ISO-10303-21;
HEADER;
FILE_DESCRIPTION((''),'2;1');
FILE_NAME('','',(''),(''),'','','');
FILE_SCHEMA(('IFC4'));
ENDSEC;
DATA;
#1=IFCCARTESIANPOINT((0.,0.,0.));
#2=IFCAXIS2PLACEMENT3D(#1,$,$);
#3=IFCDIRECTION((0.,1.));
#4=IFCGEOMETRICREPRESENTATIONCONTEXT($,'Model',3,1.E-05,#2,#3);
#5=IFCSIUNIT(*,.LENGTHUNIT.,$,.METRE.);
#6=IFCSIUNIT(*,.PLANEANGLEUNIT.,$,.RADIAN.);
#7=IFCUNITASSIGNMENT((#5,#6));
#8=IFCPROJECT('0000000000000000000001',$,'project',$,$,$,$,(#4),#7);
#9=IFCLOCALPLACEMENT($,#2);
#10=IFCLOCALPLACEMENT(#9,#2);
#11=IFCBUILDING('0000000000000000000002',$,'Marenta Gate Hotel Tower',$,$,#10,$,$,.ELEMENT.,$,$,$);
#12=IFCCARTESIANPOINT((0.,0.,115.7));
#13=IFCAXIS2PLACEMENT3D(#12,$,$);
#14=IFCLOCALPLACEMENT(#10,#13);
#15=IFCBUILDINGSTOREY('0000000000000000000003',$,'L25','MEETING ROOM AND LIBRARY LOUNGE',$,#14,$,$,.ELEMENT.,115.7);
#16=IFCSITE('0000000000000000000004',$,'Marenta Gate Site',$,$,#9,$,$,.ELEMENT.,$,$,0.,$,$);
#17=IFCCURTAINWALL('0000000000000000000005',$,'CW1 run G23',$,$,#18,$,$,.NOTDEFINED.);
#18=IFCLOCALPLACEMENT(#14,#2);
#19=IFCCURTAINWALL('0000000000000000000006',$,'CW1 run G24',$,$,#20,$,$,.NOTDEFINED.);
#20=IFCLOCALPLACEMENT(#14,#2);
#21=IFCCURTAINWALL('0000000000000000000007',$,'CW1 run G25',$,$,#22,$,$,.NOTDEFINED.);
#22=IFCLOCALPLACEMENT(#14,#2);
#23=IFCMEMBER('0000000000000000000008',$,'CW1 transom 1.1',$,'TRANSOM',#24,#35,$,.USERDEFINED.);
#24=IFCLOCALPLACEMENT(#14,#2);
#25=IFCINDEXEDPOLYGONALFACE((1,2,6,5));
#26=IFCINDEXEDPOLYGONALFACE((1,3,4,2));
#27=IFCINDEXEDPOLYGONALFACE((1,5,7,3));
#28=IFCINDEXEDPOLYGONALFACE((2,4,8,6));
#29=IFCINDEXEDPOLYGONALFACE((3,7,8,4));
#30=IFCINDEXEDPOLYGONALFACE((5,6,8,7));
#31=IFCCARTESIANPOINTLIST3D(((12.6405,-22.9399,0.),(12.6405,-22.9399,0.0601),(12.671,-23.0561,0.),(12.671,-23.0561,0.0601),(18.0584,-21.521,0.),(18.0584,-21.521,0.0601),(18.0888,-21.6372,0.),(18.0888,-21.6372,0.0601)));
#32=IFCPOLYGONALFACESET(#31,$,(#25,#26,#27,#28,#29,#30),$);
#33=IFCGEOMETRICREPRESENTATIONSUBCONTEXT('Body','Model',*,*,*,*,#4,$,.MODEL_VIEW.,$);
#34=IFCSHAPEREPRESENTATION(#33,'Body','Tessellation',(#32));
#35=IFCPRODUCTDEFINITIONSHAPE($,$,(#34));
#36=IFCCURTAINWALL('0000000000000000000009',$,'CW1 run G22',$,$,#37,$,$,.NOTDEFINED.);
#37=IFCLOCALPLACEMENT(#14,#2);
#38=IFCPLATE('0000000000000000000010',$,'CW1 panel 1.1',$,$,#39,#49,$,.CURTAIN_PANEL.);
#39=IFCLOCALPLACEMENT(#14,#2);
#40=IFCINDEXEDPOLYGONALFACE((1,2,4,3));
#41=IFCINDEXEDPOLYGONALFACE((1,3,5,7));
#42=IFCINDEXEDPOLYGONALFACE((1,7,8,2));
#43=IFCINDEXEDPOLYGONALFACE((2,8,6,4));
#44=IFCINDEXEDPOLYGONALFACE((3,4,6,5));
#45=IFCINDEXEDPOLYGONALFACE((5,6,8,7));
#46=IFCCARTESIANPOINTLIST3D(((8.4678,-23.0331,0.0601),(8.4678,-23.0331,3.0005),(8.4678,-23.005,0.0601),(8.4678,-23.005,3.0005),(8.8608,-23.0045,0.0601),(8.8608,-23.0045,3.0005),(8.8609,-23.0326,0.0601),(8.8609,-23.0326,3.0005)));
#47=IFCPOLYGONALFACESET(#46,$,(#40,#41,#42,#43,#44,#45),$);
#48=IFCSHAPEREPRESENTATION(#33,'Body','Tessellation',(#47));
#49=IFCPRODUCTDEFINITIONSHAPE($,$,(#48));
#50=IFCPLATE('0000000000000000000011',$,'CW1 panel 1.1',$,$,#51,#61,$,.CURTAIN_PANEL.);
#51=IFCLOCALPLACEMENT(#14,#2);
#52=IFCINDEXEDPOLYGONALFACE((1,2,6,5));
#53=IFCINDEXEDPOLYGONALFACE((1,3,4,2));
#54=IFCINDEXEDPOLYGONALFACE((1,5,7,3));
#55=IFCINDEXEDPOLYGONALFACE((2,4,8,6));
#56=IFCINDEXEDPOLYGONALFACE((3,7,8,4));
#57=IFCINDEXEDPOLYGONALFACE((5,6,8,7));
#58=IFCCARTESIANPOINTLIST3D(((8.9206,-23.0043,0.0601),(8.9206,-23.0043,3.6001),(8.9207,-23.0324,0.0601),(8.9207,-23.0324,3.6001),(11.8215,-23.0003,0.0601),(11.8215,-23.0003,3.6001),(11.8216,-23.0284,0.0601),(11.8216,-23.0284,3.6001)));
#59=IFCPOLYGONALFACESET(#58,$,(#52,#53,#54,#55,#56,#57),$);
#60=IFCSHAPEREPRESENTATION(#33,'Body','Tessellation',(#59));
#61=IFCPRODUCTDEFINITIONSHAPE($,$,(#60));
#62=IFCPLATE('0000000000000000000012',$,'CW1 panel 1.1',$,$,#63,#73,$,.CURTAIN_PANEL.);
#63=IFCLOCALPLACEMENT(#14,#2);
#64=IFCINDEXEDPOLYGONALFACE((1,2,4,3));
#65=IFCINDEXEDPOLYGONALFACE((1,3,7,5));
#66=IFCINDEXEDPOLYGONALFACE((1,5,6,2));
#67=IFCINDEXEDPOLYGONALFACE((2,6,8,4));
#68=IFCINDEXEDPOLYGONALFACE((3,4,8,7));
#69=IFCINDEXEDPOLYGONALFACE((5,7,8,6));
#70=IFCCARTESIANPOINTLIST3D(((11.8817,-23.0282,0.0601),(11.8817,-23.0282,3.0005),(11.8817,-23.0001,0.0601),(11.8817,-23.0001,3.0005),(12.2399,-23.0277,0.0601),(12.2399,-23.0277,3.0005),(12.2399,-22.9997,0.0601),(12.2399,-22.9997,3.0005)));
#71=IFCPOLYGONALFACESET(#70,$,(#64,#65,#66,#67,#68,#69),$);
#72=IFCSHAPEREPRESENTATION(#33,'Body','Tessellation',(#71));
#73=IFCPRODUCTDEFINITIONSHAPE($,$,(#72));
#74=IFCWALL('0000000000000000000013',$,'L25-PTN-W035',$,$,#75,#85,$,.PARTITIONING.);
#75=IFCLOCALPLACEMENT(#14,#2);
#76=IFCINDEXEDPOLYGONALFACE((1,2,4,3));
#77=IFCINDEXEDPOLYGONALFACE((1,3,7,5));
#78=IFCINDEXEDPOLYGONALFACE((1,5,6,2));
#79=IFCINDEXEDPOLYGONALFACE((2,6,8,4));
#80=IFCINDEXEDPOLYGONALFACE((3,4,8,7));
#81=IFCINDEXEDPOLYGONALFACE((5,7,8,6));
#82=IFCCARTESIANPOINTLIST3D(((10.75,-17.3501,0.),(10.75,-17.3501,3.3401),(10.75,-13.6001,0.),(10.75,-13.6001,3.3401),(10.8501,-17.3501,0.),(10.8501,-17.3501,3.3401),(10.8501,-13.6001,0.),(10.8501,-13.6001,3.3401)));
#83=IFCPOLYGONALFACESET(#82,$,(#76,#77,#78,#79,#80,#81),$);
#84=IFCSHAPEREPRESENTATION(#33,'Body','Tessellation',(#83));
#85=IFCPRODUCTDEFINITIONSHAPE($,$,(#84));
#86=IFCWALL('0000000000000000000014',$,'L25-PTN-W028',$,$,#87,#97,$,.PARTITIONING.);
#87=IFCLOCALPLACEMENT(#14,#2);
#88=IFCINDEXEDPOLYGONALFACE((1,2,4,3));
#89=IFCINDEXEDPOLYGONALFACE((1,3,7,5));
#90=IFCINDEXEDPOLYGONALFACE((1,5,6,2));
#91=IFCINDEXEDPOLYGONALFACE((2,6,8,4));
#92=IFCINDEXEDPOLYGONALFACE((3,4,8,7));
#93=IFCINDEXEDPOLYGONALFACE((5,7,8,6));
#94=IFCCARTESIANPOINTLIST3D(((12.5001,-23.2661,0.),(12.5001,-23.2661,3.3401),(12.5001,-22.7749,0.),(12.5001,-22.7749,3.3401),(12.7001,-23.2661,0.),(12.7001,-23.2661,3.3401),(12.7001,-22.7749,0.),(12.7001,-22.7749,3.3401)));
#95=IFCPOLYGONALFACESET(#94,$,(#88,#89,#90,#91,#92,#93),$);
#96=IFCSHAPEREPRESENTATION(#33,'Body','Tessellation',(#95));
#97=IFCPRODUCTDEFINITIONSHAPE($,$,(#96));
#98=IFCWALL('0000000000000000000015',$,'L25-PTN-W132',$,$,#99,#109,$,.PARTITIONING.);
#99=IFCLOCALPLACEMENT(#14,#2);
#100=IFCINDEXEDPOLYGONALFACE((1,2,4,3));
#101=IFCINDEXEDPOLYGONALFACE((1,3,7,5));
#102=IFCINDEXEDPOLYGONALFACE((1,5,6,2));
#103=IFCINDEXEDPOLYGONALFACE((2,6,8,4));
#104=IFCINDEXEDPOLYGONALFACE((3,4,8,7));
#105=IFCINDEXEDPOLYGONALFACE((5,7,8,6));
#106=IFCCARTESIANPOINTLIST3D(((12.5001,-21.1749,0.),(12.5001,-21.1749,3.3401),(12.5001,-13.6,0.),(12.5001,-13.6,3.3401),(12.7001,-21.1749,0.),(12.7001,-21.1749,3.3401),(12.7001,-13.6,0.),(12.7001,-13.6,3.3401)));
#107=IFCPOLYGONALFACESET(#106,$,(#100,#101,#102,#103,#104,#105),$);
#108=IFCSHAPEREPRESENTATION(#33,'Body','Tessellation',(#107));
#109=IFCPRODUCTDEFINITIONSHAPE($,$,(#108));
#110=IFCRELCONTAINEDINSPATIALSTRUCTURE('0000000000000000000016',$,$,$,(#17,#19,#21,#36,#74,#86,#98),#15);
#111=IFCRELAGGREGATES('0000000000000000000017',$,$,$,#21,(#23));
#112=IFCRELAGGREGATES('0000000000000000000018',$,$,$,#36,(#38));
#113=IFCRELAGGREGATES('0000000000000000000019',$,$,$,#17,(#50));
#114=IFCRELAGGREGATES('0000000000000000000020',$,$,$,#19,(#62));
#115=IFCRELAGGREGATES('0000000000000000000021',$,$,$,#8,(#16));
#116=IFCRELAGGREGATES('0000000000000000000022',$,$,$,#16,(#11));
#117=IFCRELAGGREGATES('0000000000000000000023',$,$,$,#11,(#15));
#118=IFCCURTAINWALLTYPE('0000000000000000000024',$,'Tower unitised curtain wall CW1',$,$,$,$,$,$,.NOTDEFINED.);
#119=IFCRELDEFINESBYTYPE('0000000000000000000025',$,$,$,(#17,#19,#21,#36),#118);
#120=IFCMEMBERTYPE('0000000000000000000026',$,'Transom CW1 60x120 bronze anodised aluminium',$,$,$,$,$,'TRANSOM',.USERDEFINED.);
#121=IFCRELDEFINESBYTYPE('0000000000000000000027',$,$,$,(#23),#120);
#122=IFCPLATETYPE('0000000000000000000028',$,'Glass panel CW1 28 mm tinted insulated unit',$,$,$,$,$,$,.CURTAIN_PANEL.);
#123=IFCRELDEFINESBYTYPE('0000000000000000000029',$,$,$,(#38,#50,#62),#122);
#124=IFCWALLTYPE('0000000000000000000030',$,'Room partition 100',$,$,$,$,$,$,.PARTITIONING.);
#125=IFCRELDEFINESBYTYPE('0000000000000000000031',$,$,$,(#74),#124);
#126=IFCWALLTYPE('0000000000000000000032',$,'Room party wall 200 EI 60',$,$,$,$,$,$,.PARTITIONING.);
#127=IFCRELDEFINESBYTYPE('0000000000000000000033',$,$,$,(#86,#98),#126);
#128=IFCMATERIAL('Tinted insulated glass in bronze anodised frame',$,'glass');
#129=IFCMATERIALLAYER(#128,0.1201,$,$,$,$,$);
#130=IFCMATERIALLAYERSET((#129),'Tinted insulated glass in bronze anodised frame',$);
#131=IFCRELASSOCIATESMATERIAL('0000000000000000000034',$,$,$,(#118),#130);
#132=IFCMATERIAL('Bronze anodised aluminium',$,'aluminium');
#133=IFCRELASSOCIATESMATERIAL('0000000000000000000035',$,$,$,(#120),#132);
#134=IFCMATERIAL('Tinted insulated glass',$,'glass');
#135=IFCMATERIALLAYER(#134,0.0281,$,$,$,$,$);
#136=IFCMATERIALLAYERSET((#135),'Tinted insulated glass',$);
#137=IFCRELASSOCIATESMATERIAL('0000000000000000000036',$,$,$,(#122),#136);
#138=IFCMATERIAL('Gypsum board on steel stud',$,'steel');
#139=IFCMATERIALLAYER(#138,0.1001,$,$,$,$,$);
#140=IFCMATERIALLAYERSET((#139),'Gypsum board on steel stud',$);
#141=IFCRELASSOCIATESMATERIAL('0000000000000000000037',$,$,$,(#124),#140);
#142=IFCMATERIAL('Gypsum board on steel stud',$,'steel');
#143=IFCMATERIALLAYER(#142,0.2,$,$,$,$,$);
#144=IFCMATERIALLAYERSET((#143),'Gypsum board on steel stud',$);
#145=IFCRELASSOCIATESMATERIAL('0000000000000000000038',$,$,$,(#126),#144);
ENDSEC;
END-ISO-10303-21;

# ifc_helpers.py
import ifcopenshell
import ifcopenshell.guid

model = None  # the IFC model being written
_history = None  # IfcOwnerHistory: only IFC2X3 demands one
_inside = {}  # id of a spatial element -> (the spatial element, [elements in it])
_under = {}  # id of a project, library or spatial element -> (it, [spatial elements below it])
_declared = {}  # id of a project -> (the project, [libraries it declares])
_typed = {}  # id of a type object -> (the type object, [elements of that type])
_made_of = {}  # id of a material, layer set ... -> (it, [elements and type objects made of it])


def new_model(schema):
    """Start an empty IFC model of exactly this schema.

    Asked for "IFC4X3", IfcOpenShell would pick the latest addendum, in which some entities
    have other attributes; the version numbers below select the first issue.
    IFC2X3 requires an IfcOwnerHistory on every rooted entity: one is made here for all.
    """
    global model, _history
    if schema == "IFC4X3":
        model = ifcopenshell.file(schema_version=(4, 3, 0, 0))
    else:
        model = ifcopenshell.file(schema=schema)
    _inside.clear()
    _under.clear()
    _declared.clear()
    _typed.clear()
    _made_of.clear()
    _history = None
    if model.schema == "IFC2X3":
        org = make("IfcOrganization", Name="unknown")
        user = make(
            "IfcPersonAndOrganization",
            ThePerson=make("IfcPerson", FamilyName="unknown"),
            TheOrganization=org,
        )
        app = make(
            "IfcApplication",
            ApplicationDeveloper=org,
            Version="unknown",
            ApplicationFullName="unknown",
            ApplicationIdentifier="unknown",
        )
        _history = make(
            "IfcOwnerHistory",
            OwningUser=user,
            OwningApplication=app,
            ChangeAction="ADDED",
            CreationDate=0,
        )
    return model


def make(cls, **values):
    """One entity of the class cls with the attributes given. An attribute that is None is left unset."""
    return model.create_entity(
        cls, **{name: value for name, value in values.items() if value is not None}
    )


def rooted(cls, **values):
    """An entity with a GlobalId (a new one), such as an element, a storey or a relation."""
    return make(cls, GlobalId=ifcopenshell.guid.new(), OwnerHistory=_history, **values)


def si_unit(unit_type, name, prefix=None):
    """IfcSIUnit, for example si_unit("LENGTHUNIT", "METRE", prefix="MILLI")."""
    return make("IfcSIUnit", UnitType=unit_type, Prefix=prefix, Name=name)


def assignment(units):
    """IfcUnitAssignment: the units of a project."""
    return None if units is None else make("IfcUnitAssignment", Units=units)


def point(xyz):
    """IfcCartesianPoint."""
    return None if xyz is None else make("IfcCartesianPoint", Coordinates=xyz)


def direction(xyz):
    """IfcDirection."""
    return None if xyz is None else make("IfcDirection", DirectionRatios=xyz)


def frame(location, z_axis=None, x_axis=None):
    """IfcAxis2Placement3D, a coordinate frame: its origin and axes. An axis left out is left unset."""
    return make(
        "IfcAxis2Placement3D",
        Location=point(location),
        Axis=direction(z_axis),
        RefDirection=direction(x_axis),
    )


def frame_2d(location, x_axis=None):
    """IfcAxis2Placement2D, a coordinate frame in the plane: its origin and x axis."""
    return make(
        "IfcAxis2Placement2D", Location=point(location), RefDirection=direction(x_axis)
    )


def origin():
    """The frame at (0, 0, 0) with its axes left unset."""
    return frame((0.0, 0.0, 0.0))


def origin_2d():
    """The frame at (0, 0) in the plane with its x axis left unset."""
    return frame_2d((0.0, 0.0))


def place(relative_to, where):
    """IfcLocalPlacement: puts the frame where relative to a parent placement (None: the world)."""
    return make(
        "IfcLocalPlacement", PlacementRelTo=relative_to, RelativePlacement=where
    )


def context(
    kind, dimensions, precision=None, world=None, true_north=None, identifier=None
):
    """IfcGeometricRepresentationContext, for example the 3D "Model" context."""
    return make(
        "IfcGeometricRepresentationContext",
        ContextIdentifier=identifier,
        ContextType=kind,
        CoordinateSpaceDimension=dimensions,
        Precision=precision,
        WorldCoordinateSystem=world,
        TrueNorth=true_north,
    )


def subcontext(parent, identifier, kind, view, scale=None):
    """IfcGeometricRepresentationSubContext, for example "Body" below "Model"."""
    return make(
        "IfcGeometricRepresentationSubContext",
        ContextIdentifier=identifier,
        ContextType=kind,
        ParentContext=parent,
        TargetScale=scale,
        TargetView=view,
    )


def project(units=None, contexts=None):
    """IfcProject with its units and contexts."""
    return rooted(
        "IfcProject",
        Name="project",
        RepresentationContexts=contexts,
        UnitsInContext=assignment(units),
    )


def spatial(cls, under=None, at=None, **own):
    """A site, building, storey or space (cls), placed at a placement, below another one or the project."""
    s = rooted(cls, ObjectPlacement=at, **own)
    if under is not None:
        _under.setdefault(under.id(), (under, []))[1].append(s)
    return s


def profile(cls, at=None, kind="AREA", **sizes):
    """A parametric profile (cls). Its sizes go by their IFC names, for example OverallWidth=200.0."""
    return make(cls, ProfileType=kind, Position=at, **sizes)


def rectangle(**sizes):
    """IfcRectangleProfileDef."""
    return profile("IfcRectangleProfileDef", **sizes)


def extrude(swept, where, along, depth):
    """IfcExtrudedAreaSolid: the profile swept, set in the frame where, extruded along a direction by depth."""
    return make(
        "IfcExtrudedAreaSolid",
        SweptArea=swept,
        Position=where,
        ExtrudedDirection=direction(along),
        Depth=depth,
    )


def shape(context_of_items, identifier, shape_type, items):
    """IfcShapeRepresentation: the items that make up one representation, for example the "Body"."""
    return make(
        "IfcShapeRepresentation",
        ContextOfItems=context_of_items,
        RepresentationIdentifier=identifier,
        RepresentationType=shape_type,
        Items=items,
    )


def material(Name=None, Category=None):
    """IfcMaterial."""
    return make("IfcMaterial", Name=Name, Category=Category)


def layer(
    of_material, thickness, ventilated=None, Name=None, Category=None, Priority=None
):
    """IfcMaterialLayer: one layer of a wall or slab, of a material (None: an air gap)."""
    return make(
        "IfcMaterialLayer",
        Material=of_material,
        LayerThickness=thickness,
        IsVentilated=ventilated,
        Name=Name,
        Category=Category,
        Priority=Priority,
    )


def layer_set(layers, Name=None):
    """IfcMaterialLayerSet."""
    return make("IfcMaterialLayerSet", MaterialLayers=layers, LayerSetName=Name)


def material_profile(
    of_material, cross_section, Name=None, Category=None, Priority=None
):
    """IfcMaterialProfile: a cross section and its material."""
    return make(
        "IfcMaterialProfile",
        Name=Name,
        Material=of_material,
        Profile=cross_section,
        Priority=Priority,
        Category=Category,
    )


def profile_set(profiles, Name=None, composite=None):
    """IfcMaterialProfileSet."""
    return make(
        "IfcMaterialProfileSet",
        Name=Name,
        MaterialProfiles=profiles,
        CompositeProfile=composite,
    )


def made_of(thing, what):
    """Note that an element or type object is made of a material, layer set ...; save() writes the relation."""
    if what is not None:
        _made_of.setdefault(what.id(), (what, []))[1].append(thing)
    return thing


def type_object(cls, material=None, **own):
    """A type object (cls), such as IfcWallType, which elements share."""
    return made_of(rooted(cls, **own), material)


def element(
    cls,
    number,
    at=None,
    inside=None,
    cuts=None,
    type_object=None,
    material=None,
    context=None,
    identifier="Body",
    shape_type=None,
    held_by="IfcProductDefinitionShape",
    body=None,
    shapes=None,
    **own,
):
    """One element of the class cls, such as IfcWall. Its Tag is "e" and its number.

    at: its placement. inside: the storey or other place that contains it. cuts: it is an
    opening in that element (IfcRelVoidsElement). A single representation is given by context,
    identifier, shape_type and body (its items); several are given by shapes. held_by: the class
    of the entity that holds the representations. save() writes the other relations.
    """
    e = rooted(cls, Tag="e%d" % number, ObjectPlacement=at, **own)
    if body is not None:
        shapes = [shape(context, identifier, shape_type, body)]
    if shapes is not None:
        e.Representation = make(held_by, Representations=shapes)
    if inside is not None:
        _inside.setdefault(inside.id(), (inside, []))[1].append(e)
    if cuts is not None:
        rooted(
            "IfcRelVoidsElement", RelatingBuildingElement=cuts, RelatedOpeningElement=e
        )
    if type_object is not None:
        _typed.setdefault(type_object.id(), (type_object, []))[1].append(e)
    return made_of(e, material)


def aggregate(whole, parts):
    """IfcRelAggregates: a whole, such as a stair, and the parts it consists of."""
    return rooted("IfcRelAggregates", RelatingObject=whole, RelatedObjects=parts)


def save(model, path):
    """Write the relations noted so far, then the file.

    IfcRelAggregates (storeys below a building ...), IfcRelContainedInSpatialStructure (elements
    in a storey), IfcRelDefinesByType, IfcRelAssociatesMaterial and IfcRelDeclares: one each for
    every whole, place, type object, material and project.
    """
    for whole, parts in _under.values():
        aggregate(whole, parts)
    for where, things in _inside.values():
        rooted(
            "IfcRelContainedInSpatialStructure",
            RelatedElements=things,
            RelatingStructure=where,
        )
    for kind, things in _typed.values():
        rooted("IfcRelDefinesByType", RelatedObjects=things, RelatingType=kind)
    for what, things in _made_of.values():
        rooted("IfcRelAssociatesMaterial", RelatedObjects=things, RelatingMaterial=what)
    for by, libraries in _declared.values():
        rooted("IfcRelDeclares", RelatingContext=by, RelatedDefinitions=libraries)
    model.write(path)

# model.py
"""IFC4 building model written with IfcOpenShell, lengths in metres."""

from ifc_helpers import new_model, si_unit, direction, frame, frame_2d, origin, origin_2d, place, context, subcontext, project, spatial, rectangle, extrude, material, layer, layer_set, material_profile, profile_set, type_object, element, aggregate, save


model = new_model("IFC4")

# Units and contexts
model_context = context("Model", 3, precision=1e-05, world=origin(), true_north=direction((0.0, 1.0)))
body_context = subcontext(model_context, "Body", "Model", "MODEL_VIEW")
ifc_project = project(units=[si_unit("LENGTHUNIT", "METRE"), si_unit("PLANEANGLEUNIT", "RADIAN")], contexts=[model_context])

# Site, building, storey
site_placement = place(None, origin())
site = spatial("IfcSite", under=ifc_project, at=site_placement, Name="Marenta Gate Site", CompositionType="ELEMENT", RefElevation=0.0)
building_placement = place(site_placement, origin())
building = spatial("IfcBuilding", under=site, at=building_placement, Name="Marenta Gate Hotel Tower", CompositionType="ELEMENT")
storey_placement = place(building_placement, frame((0.0, 0.0, 115.7)))
storey = spatial("IfcBuildingStorey", under=building, at=storey_placement, Name="L25", Description="MEETING ROOM AND LIBRARY LOUNGE", CompositionType="ELEMENT", Elevation=115.7)

# Curtain wall
ifc_material_1 = material(Name="Tinted insulated glass in bronze anodised frame", Category="glass")
ifc_layer_1 = layer(ifc_material_1, 0.1201)
ifc_layer_set_1 = layer_set([ifc_layer_1], Name="Tinted insulated glass in bronze anodised frame")
curtain_wall_type = type_object("IfcCurtainWallType", Name="Tower unitised curtain wall CW1", PredefinedType="NOTDEFINED", material=ifc_layer_set_1)
curtain_wall_1_placement = place(storey_placement, origin())
curtain_wall_1 = element("IfcCurtainWall", 1, at=curtain_wall_1_placement, inside=storey, type_object=curtain_wall_type, Name="CW1 run G23", PredefinedType="NOTDEFINED")

# Curtain wall
curtain_wall_2_placement = place(storey_placement, origin())
curtain_wall_2 = element("IfcCurtainWall", 2, at=curtain_wall_2_placement, inside=storey, type_object=curtain_wall_type, Name="CW1 run G24", PredefinedType="NOTDEFINED")

# Curtain wall
curtain_wall_3_placement = place(storey_placement, origin())
curtain_wall_3 = element("IfcCurtainWall", 3, at=curtain_wall_3_placement, inside=storey, type_object=curtain_wall_type, Name="CW1 run G25", PredefinedType="NOTDEFINED")

# Member
ifc_material_2 = material(Name="Bronze anodised aluminium", Category="aluminium")
ifc_material_profile_1 = material_profile(ifc_material_2, rectangle(XDim=0.1201, YDim=0.0601, at=origin_2d()), Name="Transom CW1 60x120 bronze anodised aluminium")
ifc_profile_set_1 = profile_set([ifc_material_profile_1], Name="Bronze anodised aluminium")
member_type_1 = type_object("IfcMemberType", Name="Transom CW1 60x120 bronze anodised aluminium", ElementType="TRANSOM", PredefinedType="USERDEFINED", material=ifc_profile_set_1)
member_1_placement = place(storey_placement, frame((12.6558, -22.998, 0.03), z_axis=(0.967374, 0.253352, 0.0), x_axis=(-0.253352, 0.967374, 0.0)))
member_1 = element("IfcMember", 4, at=member_1_placement, type_object=member_type_1, Name="CW1 transom 1.1", ObjectType="TRANSOM", PredefinedType="USERDEFINED", context=body_context, shape_type="SweptSolid", body=[
    extrude(rectangle(XDim=0.1201, YDim=0.0601, at=origin_2d()), origin(), (0.0, 0.0, 1.0), 5.6006),
])
aggregate(curtain_wall_3, [member_1])

# Curtain wall, plate
curtain_wall_4_placement = place(storey_placement, origin())
curtain_wall_4 = element("IfcCurtainWall", 5, at=curtain_wall_4_placement, inside=storey, type_object=curtain_wall_type, Name="CW1 run G22", PredefinedType="NOTDEFINED")
ifc_material_3 = material(Name="Tinted insulated glass", Category="glass")
ifc_layer_2 = layer(ifc_material_3, 0.0281)
ifc_layer_set_2 = layer_set([ifc_layer_2], Name="Tinted insulated glass")
plate_type = type_object("IfcPlateType", Name="Glass panel CW1 28 mm tinted insulated unit", PredefinedType="CURTAIN_PANEL", material=ifc_layer_set_2)
plate_1_placement = place(storey_placement, frame((8.6643, -23.0188, 0.0601), z_axis=(0.0, 0.0, 1.0), x_axis=(0.999999, 0.001325, 0.0)))
plate_1 = element("IfcPlate", 6, at=plate_1_placement, type_object=plate_type, Name="CW1 panel 1.1", PredefinedType="CURTAIN_PANEL", context=body_context, shape_type="SweptSolid", body=[
    extrude(rectangle(XDim=0.3931, YDim=0.0281, at=origin_2d()), origin(), (0.0, 0.0, 1.0), 2.9404),
])
aggregate(curtain_wall_4, [plate_1])

# Plates
plate_2_placement = place(storey_placement, frame((10.3711, -23.0164, 0.0601), z_axis=(0.0, 0.0, 1.0), x_axis=(0.999999, 0.001385, 0.0)))
plate_2 = element("IfcPlate", 7, at=plate_2_placement, type_object=plate_type, Name="CW1 panel 1.1", PredefinedType="CURTAIN_PANEL", context=body_context, shape_type="SweptSolid", body=[
    extrude(rectangle(XDim=2.9009, YDim=0.0281, at=origin_2d()), origin(), (0.0, 0.0, 1.0), 3.54),
])
aggregate(curtain_wall_1, [plate_2])
plate_3_placement = place(storey_placement, frame((12.0608, -23.0139, 0.0601), z_axis=(0.0, 0.0, 1.0), x_axis=(0.999999, 0.001255, 0.0)))
plate_3 = element("IfcPlate", 8, at=plate_3_placement, type_object=plate_type, Name="CW1 panel 1.1", PredefinedType="CURTAIN_PANEL", context=body_context, shape_type="SweptSolid", body=[
    extrude(rectangle(XDim=0.3582, YDim=0.0281, at=origin_2d()), origin(), (0.0, 0.0, 1.0), 2.9404),
])
aggregate(curtain_wall_2, [plate_3])

# Walls
ifc_material_4 = material(Name="Gypsum board on steel stud", Category="steel")
ifc_layer_3 = layer(ifc_material_4, 0.1001)
ifc_layer_set_3 = layer_set([ifc_layer_3], Name="Gypsum board on steel stud")
wall_type_1 = type_object("IfcWallType", Name="Room partition 100", PredefinedType="PARTITIONING", material=ifc_layer_set_3)
wall_1_placement = place(storey_placement, frame((10.8, -17.3501, 0.0), z_axis=(0.0, 0.0, 1.0), x_axis=(0.0, 1.0, 0.0)))
element("IfcWall", 9, at=wall_1_placement, inside=storey, type_object=wall_type_1, Name="L25-PTN-W035", PredefinedType="PARTITIONING", context=body_context, shape_type="SweptSolid", body=[
    extrude(rectangle(XDim=3.75, YDim=0.1001, at=frame_2d((1.875, 0.0))), origin(), (0.0, 0.0, 1.0), 3.3401),
])
ifc_material_5 = material(Name="Gypsum board on steel stud", Category="steel")
ifc_layer_4 = layer(ifc_material_5, 0.2)
ifc_layer_set_4 = layer_set([ifc_layer_4], Name="Gypsum board on steel stud")
wall_type_2 = type_object("IfcWallType", Name="Room party wall 200 EI 60", PredefinedType="PARTITIONING", material=ifc_layer_set_4)
wall_2_placement = place(storey_placement, frame((12.6001, -23.2661, 0.0), z_axis=(0.0, 0.0, 1.0), x_axis=(0.0, 1.0, 0.0)))
element("IfcWall", 10, at=wall_2_placement, inside=storey, type_object=wall_type_2, Name="L25-PTN-W028", PredefinedType="PARTITIONING", context=body_context, shape_type="SweptSolid", body=[
    extrude(rectangle(XDim=0.4912, YDim=0.2, at=frame_2d((0.2456, 0.0))), origin(), (0.0, 0.0, 1.0), 3.3401),
])
wall_3_placement = place(storey_placement, frame((12.6001, -21.175, 0.0), z_axis=(0.0, 0.0, 1.0), x_axis=(0.0, 1.0, 0.0)))
element("IfcWall", 11, at=wall_3_placement, inside=storey, type_object=wall_type_2, Name="L25-PTN-W132", PredefinedType="PARTITIONING", context=body_context, shape_type="SweptSolid", body=[
    extrude(rectangle(XDim=7.575, YDim=0.2, at=frame_2d((3.7876, 0.0))), origin(), (0.0, 0.0, 1.0), 3.3401),
])

save(model, "model.ifc")
